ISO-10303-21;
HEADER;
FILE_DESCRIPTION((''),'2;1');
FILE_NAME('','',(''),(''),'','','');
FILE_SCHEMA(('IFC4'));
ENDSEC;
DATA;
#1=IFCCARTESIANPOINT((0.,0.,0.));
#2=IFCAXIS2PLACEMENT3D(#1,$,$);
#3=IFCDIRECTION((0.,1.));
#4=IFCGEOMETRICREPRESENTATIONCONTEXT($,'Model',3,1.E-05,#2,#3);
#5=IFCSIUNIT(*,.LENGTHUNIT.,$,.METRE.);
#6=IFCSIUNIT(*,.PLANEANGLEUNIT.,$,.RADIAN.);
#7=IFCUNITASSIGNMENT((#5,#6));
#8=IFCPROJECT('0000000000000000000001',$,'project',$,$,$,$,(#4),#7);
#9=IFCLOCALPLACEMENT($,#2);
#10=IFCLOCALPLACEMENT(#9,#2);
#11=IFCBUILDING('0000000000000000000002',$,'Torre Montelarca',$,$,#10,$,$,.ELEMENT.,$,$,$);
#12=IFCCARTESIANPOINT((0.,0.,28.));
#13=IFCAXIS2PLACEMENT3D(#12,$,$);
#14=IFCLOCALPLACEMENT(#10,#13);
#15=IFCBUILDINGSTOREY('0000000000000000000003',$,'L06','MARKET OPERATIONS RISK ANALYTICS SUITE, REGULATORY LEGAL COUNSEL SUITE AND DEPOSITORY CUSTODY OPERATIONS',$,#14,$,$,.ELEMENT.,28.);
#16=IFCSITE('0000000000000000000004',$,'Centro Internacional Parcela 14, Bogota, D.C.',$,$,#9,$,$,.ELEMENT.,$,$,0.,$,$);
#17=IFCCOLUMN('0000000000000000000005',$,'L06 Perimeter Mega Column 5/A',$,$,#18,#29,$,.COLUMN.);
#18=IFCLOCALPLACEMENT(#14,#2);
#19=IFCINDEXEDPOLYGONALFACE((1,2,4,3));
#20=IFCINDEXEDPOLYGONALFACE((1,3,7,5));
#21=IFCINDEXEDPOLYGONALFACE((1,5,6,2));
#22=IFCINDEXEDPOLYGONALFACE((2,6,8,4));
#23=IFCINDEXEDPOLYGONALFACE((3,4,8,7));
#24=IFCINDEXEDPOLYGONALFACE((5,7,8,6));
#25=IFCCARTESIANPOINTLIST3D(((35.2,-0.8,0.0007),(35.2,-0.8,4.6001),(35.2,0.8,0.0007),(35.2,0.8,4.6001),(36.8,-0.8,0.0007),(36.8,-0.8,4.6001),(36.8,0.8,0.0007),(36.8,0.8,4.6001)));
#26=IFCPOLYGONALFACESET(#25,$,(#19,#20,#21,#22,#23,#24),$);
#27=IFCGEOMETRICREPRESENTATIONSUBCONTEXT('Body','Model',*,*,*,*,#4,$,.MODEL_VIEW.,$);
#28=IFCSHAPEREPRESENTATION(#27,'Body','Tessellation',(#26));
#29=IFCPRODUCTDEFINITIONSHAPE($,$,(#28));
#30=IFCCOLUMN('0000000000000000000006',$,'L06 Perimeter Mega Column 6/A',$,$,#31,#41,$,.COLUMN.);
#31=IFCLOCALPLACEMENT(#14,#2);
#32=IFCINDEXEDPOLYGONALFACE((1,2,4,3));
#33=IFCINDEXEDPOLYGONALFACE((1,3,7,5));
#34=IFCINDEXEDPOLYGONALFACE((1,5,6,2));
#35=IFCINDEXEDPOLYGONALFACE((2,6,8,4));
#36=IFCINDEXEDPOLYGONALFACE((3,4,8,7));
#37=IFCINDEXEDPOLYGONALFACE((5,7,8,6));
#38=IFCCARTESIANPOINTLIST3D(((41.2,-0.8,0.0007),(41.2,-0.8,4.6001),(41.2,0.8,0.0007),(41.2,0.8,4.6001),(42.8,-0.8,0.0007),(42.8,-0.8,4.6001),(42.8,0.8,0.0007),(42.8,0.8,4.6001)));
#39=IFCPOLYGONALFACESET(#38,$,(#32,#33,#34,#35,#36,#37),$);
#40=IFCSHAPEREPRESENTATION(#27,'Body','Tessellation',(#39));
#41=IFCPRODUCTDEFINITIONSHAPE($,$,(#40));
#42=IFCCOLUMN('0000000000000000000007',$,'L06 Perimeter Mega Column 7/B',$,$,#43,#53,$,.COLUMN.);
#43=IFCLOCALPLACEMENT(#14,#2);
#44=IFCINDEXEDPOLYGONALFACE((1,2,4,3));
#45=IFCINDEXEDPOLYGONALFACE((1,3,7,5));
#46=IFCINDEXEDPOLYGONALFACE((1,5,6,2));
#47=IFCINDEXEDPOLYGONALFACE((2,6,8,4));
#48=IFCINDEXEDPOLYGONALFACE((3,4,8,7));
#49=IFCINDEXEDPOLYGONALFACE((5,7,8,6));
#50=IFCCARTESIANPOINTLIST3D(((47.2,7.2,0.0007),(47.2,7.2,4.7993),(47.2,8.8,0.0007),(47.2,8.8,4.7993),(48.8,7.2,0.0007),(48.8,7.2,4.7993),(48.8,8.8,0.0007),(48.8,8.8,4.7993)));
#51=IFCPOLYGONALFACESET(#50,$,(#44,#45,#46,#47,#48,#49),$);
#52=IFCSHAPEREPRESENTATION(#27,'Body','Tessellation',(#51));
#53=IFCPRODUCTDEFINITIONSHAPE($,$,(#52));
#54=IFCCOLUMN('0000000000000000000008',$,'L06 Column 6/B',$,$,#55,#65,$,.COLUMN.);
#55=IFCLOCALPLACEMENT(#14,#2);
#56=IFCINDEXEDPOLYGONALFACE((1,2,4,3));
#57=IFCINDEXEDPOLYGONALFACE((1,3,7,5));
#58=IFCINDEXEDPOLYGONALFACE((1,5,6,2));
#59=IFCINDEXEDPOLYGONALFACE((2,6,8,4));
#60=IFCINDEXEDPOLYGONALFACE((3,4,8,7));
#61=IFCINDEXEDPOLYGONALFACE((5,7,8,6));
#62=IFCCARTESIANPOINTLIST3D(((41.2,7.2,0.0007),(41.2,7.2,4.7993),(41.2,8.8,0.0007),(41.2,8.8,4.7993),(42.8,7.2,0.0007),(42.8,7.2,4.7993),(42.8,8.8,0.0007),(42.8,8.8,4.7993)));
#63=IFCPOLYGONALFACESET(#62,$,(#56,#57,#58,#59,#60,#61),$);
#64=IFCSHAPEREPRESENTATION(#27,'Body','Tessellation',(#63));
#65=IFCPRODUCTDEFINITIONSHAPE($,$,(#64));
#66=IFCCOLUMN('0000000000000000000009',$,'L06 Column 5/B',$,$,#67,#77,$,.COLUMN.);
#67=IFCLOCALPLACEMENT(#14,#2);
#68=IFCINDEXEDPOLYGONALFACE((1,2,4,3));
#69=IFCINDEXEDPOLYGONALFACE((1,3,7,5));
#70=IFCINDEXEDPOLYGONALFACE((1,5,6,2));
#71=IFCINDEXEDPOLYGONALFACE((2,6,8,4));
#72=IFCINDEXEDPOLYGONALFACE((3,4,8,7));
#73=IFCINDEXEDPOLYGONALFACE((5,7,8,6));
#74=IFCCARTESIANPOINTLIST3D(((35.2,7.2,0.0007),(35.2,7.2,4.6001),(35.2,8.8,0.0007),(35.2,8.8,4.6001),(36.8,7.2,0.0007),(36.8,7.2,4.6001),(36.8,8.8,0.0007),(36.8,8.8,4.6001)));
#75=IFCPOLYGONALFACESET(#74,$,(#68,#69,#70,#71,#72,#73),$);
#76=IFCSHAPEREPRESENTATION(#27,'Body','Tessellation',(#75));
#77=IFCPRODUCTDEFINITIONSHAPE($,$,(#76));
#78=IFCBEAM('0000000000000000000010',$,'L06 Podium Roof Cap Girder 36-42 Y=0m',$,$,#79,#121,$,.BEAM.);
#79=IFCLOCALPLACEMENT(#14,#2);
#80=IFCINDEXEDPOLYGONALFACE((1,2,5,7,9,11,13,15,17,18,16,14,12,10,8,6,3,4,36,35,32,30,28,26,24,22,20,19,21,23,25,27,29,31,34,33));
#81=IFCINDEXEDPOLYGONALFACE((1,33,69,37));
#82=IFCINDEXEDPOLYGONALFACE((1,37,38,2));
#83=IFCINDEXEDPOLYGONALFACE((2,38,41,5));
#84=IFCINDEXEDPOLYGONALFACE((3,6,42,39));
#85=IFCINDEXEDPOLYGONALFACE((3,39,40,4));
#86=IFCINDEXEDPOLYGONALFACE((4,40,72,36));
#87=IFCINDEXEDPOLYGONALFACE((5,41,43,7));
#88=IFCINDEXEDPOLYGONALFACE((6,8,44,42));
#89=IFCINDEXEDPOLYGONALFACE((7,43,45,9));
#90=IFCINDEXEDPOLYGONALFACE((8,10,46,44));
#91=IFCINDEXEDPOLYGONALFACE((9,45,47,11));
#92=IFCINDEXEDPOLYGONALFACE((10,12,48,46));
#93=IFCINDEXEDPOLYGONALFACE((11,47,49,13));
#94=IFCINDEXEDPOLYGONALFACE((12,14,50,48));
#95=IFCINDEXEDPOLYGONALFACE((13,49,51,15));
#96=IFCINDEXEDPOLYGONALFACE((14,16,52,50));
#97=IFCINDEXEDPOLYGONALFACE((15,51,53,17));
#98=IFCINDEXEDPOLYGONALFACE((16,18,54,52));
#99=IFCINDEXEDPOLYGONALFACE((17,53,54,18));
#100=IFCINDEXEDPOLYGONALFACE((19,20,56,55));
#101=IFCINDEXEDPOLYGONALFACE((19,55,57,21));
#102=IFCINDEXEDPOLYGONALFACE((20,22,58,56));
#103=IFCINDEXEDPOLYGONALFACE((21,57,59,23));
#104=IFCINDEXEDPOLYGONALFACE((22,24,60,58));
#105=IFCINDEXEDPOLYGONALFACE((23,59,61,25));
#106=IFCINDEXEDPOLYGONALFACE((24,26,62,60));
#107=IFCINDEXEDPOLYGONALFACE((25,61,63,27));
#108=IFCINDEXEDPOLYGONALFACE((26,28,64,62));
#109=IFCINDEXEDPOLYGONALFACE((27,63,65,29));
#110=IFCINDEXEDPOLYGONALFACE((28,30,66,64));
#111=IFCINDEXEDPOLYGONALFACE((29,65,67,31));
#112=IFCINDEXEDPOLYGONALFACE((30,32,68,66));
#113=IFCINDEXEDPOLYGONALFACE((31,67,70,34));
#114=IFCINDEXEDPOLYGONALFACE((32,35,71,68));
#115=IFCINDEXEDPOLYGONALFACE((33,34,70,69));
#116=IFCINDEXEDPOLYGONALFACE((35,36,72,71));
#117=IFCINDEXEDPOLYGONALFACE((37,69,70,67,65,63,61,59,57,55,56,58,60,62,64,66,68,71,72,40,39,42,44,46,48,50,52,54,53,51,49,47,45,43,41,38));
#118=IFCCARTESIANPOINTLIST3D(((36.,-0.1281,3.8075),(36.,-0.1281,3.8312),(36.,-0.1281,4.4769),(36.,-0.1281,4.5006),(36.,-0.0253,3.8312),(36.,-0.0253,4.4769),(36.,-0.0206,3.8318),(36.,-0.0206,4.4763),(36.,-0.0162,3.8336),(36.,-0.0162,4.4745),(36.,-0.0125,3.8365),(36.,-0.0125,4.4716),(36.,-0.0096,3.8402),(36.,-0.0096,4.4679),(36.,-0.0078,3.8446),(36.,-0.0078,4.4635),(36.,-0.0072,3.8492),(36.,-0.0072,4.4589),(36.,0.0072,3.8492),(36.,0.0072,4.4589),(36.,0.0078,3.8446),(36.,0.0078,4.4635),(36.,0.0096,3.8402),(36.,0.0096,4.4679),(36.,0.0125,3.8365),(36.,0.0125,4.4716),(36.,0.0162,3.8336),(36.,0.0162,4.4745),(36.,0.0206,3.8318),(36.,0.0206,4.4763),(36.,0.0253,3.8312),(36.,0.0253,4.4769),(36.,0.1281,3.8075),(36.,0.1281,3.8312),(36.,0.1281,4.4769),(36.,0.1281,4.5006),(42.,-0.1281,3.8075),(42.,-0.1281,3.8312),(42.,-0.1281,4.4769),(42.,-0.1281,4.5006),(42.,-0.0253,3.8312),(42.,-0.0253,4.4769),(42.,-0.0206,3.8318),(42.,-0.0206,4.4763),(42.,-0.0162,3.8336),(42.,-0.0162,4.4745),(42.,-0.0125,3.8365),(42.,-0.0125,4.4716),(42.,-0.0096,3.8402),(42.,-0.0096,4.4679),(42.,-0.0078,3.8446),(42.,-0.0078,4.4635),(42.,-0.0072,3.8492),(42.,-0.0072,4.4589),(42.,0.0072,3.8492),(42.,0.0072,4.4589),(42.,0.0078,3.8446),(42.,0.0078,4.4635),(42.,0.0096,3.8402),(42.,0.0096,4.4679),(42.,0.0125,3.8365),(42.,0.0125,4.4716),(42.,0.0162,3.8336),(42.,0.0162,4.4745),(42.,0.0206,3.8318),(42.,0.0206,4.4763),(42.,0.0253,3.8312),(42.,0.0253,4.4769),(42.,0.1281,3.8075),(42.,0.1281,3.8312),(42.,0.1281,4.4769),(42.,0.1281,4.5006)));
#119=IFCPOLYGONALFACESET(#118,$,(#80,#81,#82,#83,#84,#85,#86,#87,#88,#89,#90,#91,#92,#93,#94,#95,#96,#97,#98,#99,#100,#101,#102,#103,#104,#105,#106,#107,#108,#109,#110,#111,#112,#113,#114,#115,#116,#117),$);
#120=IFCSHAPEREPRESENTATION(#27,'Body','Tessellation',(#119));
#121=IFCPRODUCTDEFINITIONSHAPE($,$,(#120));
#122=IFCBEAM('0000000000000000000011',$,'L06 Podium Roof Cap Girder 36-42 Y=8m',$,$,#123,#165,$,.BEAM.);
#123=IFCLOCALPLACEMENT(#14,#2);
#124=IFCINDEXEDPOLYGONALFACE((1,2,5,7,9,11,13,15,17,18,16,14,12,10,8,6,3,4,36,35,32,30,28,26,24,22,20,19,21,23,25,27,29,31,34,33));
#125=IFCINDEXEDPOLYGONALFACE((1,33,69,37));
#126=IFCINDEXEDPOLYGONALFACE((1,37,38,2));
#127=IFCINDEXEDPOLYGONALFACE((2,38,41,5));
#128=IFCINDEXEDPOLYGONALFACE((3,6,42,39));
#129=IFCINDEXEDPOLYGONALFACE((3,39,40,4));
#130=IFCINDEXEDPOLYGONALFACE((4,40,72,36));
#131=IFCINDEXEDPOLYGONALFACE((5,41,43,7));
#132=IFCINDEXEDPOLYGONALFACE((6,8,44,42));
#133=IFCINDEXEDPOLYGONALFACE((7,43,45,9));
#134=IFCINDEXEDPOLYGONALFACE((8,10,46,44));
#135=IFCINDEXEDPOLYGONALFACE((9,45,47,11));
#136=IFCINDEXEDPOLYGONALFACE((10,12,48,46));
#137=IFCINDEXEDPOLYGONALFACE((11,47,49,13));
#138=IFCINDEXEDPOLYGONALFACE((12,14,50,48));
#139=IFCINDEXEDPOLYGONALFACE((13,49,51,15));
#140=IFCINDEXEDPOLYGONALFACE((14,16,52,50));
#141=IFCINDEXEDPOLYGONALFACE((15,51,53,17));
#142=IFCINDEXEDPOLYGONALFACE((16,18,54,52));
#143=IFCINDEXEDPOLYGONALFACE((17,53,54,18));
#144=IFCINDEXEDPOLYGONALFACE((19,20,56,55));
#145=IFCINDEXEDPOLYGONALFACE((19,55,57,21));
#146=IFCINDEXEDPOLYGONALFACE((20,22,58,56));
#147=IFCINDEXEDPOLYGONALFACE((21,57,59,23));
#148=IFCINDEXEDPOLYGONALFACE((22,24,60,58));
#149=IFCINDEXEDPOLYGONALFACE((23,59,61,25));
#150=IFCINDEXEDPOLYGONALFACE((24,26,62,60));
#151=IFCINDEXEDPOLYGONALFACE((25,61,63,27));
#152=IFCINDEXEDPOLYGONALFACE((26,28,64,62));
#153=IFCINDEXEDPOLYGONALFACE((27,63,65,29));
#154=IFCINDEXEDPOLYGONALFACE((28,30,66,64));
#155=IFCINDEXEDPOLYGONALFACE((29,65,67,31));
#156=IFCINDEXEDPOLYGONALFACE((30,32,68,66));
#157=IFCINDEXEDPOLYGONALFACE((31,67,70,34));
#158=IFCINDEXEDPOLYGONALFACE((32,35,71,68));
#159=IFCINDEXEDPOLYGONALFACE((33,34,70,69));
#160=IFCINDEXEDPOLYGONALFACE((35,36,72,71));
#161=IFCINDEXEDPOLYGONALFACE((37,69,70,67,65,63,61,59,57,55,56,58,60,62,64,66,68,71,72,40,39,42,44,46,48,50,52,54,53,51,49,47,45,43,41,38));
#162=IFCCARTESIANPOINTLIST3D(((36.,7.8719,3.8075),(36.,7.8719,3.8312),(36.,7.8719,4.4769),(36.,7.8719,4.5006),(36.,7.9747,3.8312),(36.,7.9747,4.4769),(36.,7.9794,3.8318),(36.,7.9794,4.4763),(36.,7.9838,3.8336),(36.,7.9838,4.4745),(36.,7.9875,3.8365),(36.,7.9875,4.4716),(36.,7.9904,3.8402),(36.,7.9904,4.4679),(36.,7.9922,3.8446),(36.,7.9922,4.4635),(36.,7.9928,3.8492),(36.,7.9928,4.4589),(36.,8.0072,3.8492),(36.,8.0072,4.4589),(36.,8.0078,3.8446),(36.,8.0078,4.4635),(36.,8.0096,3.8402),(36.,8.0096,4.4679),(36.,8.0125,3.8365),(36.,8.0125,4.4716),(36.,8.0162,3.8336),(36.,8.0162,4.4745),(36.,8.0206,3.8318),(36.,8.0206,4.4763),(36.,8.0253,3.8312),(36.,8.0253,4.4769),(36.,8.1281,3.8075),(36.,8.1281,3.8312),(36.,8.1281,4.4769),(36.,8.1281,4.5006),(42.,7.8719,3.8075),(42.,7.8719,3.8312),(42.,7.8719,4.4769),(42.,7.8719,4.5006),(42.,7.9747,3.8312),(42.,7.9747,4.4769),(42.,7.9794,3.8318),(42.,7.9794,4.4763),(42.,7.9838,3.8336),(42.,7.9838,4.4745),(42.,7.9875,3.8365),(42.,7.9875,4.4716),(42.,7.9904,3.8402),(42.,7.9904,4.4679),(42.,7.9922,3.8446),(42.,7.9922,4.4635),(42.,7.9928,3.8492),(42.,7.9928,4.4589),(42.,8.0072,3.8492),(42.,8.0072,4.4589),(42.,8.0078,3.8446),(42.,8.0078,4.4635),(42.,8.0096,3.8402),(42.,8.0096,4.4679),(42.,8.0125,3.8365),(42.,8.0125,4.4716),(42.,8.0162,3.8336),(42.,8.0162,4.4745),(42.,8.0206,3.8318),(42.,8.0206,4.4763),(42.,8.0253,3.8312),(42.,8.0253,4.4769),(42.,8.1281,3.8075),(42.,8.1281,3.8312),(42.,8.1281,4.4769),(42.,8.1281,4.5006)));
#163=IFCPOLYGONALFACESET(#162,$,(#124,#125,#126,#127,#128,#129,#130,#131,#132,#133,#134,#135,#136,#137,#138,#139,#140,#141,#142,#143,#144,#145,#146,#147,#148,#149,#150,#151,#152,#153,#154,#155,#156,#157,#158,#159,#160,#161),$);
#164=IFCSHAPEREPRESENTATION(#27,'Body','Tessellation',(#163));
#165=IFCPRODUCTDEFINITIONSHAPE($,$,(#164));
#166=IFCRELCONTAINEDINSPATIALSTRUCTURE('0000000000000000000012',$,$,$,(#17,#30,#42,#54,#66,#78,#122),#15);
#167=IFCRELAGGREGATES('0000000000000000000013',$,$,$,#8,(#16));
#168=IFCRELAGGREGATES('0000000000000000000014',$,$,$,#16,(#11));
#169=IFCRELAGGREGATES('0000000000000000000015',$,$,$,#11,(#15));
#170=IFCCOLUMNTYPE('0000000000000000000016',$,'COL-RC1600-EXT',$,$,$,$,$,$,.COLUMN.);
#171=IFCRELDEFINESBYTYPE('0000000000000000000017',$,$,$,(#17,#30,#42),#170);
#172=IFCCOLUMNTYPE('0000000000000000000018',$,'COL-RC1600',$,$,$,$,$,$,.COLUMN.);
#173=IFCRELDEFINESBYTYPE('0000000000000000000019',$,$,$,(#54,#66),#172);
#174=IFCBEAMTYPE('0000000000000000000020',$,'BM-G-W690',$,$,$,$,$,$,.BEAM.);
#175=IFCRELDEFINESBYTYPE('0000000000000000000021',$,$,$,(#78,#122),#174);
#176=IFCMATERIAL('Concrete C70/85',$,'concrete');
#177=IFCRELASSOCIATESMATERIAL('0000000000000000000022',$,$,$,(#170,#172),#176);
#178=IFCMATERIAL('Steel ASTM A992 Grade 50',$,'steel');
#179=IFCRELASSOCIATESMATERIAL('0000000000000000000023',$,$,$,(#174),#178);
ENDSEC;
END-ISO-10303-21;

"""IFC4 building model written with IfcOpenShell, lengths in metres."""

from ifc_helpers import new_model, si_unit, direction, frame, origin, origin_2d, place, context, subcontext, project, spatial, rectangle, i_section, extrude, source, transform, mapped, material, material_profile, profile_set, type_object, element, save


model = new_model("IFC4")

# Units and contexts
model_context = context("Model", 3, precision=1e-05, world=origin(), true_north=direction((0.0, 1.0)))
body_context = subcontext(model_context, "Body", "Model", "MODEL_VIEW")
ifc_project = project(units=[si_unit("LENGTHUNIT", "METRE"), si_unit("PLANEANGLEUNIT", "RADIAN")], contexts=[model_context])

# Site, building, storey
site_placement = place(None, origin())
site = spatial("IfcSite", under=ifc_project, at=site_placement, Name="Centro Internacional Parcela 14, Bogota, D.C.", CompositionType="ELEMENT", RefElevation=0.0)
building_placement = place(site_placement, origin())
building = spatial("IfcBuilding", under=site, at=building_placement, Name="Torre Montelarca", CompositionType="ELEMENT")
storey_placement = place(building_placement, frame((0.0, 0.0, 28.0)))
storey = spatial("IfcBuildingStorey", under=building, at=storey_placement, Name="L06", Description="MARKET OPERATIONS RISK ANALYTICS SUITE, REGULATORY LEGAL COUNSEL SUITE AND DEPOSITORY CUSTODY OPERATIONS", CompositionType="ELEMENT", Elevation=28.0)

# Columns
ifc_material_1 = material(Name="Concrete C70/85", Category="concrete")
ifc_material_profile_1 = material_profile(ifc_material_1, rectangle(XDim=1.6001, YDim=1.6001, at=origin_2d()), Name="RC1600X1600", Category="concrete")
ifc_profile_set_1 = profile_set([ifc_material_profile_1], Name="Concrete C70/85")
column_type_1 = type_object("IfcColumnType", Name="COL-RC1600-EXT", PredefinedType="COLUMN", material=ifc_profile_set_1)
shared_shape_1 = source(origin(), body_context, "Body", "SweptSolid", [
    extrude(rectangle(XDim=1.6001, YDim=1.6001, at=origin_2d()), origin(), (0.0, 0.0, 1.0), 4.5994),
])
for number, where, z_axis, x_axis, name in (
    (1, (36.0, 0.0, 0.0007), (0.0, 0.0, 1.0), (1.0, 0.0, 0.0), "L06 Perimeter Mega Column 5/A"),
    (2, (42.0, 0.0, 0.0007), (0.0, 0.0, 1.0), (1.0, 0.0, 0.0), "L06 Perimeter Mega Column 6/A"),
):
    element("IfcColumn", number, at=place(storey_placement, frame(where, z_axis=z_axis, x_axis=x_axis)), inside=storey, type_object=column_type_1, Name=name, PredefinedType="COLUMN", context=body_context, shape_type="MappedRepresentation", body=[
        mapped(shared_shape_1, transform((0.0, 0.0, 0.0), scale=1.0)),
    ])
shared_shape_2 = source(origin(), body_context, "Body", "SweptSolid", [
    extrude(rectangle(XDim=1.6001, YDim=1.6001, at=origin_2d()), origin(), (0.0, 0.0, 1.0), 4.7986),
])
column_1_placement = place(storey_placement, frame((48.0, 8.0, 0.0007), z_axis=(0.0, 0.0, 1.0), x_axis=(1.0, 0.0, 0.0)))
element("IfcColumn", 3, at=column_1_placement, inside=storey, type_object=column_type_1, Name="L06 Perimeter Mega Column 7/B", PredefinedType="COLUMN", context=body_context, shape_type="MappedRepresentation", body=[
    mapped(shared_shape_2, transform((0.0, 0.0, 0.0), scale=1.0)),
])
ifc_material_profile_2 = material_profile(ifc_material_1, rectangle(XDim=1.6001, YDim=1.6001, at=origin_2d()), Name="RC1600X1600", Category="concrete")
ifc_profile_set_2 = profile_set([ifc_material_profile_2], Name="Concrete C70/85")
column_type_2 = type_object("IfcColumnType", Name="COL-RC1600", PredefinedType="COLUMN", material=ifc_profile_set_2)
shared_shape_3 = source(origin(), body_context, "Body", "SweptSolid", [
    extrude(rectangle(XDim=1.6001, YDim=1.6001, at=origin_2d()), origin(), (0.0, 0.0, 1.0), 4.7986),
])
column_2_placement = place(storey_placement, frame((42.0, 8.0, 0.0007), z_axis=(0.0, 0.0, 1.0), x_axis=(1.0, 0.0, 0.0)))
element("IfcColumn", 4, at=column_2_placement, inside=storey, type_object=column_type_2, Name="L06 Column 6/B", PredefinedType="COLUMN", context=body_context, shape_type="MappedRepresentation", body=[
    mapped(shared_shape_3, transform((0.0, 0.0, 0.0), scale=1.0)),
])
shared_shape_4 = source(origin(), body_context, "Body", "SweptSolid", [
    extrude(rectangle(XDim=1.6001, YDim=1.6001, at=origin_2d()), origin(), (0.0, 0.0, 1.0), 4.5994),
])
column_3_placement = place(storey_placement, frame((36.0, 8.0, 0.0007), z_axis=(0.0, 0.0, 1.0), x_axis=(1.0, 0.0, 0.0)))
element("IfcColumn", 5, at=column_3_placement, inside=storey, type_object=column_type_2, Name="L06 Column 5/B", PredefinedType="COLUMN", context=body_context, shape_type="MappedRepresentation", body=[
    mapped(shared_shape_4, transform((0.0, 0.0, 0.0), scale=1.0)),
])

# Beams
ifc_material_2 = material(Name="Steel ASTM A992 Grade 50", Category="steel")
ifc_material_profile_3 = material_profile(ifc_material_2, i_section(OverallWidth=0.2561, OverallDepth=0.6931, WebThickness=0.0144, FlangeThickness=0.0237, FilletRadius=0.0181, at=origin_2d()), Name="W690X170", Category="steel")
ifc_profile_set_3 = profile_set([ifc_material_profile_3], Name="Steel ASTM A992 Grade 50")
beam_type = type_object("IfcBeamType", Name="BM-G-W690", PredefinedType="BEAM", material=ifc_profile_set_3)
shared_shape_5 = source(origin(), body_context, "Body", "SweptSolid", [
    extrude(i_section(OverallWidth=0.2561, OverallDepth=0.6931, WebThickness=0.0144, FlangeThickness=0.0237, FilletRadius=0.0181, at=origin_2d()), origin(), (0.0, 0.0, 1.0), 6.0),
])
for number, where, z_axis, x_axis, name in (
    (6, (36.0, 0.0, 4.1541), (1.0, 0.0, 0.0), (0.0, 1.0, 0.0), "L06 Podium Roof Cap Girder 36-42 Y=0m"),
    (7, (36.0, 8.0, 4.1541), (1.0, 0.0, 0.0), (0.0, 1.0, 0.0), "L06 Podium Roof Cap Girder 36-42 Y=8m"),
):
    element("IfcBeam", number, at=place(storey_placement, frame(where, z_axis=z_axis, x_axis=x_axis)), inside=storey, type_object=beam_type, Name=name, PredefinedType="BEAM", context=body_context, shape_type="MappedRepresentation", body=[
        mapped(shared_shape_5, transform((0.0, 0.0, 0.0), scale=1.0)),
    ])

save(model, "model.ifc")
